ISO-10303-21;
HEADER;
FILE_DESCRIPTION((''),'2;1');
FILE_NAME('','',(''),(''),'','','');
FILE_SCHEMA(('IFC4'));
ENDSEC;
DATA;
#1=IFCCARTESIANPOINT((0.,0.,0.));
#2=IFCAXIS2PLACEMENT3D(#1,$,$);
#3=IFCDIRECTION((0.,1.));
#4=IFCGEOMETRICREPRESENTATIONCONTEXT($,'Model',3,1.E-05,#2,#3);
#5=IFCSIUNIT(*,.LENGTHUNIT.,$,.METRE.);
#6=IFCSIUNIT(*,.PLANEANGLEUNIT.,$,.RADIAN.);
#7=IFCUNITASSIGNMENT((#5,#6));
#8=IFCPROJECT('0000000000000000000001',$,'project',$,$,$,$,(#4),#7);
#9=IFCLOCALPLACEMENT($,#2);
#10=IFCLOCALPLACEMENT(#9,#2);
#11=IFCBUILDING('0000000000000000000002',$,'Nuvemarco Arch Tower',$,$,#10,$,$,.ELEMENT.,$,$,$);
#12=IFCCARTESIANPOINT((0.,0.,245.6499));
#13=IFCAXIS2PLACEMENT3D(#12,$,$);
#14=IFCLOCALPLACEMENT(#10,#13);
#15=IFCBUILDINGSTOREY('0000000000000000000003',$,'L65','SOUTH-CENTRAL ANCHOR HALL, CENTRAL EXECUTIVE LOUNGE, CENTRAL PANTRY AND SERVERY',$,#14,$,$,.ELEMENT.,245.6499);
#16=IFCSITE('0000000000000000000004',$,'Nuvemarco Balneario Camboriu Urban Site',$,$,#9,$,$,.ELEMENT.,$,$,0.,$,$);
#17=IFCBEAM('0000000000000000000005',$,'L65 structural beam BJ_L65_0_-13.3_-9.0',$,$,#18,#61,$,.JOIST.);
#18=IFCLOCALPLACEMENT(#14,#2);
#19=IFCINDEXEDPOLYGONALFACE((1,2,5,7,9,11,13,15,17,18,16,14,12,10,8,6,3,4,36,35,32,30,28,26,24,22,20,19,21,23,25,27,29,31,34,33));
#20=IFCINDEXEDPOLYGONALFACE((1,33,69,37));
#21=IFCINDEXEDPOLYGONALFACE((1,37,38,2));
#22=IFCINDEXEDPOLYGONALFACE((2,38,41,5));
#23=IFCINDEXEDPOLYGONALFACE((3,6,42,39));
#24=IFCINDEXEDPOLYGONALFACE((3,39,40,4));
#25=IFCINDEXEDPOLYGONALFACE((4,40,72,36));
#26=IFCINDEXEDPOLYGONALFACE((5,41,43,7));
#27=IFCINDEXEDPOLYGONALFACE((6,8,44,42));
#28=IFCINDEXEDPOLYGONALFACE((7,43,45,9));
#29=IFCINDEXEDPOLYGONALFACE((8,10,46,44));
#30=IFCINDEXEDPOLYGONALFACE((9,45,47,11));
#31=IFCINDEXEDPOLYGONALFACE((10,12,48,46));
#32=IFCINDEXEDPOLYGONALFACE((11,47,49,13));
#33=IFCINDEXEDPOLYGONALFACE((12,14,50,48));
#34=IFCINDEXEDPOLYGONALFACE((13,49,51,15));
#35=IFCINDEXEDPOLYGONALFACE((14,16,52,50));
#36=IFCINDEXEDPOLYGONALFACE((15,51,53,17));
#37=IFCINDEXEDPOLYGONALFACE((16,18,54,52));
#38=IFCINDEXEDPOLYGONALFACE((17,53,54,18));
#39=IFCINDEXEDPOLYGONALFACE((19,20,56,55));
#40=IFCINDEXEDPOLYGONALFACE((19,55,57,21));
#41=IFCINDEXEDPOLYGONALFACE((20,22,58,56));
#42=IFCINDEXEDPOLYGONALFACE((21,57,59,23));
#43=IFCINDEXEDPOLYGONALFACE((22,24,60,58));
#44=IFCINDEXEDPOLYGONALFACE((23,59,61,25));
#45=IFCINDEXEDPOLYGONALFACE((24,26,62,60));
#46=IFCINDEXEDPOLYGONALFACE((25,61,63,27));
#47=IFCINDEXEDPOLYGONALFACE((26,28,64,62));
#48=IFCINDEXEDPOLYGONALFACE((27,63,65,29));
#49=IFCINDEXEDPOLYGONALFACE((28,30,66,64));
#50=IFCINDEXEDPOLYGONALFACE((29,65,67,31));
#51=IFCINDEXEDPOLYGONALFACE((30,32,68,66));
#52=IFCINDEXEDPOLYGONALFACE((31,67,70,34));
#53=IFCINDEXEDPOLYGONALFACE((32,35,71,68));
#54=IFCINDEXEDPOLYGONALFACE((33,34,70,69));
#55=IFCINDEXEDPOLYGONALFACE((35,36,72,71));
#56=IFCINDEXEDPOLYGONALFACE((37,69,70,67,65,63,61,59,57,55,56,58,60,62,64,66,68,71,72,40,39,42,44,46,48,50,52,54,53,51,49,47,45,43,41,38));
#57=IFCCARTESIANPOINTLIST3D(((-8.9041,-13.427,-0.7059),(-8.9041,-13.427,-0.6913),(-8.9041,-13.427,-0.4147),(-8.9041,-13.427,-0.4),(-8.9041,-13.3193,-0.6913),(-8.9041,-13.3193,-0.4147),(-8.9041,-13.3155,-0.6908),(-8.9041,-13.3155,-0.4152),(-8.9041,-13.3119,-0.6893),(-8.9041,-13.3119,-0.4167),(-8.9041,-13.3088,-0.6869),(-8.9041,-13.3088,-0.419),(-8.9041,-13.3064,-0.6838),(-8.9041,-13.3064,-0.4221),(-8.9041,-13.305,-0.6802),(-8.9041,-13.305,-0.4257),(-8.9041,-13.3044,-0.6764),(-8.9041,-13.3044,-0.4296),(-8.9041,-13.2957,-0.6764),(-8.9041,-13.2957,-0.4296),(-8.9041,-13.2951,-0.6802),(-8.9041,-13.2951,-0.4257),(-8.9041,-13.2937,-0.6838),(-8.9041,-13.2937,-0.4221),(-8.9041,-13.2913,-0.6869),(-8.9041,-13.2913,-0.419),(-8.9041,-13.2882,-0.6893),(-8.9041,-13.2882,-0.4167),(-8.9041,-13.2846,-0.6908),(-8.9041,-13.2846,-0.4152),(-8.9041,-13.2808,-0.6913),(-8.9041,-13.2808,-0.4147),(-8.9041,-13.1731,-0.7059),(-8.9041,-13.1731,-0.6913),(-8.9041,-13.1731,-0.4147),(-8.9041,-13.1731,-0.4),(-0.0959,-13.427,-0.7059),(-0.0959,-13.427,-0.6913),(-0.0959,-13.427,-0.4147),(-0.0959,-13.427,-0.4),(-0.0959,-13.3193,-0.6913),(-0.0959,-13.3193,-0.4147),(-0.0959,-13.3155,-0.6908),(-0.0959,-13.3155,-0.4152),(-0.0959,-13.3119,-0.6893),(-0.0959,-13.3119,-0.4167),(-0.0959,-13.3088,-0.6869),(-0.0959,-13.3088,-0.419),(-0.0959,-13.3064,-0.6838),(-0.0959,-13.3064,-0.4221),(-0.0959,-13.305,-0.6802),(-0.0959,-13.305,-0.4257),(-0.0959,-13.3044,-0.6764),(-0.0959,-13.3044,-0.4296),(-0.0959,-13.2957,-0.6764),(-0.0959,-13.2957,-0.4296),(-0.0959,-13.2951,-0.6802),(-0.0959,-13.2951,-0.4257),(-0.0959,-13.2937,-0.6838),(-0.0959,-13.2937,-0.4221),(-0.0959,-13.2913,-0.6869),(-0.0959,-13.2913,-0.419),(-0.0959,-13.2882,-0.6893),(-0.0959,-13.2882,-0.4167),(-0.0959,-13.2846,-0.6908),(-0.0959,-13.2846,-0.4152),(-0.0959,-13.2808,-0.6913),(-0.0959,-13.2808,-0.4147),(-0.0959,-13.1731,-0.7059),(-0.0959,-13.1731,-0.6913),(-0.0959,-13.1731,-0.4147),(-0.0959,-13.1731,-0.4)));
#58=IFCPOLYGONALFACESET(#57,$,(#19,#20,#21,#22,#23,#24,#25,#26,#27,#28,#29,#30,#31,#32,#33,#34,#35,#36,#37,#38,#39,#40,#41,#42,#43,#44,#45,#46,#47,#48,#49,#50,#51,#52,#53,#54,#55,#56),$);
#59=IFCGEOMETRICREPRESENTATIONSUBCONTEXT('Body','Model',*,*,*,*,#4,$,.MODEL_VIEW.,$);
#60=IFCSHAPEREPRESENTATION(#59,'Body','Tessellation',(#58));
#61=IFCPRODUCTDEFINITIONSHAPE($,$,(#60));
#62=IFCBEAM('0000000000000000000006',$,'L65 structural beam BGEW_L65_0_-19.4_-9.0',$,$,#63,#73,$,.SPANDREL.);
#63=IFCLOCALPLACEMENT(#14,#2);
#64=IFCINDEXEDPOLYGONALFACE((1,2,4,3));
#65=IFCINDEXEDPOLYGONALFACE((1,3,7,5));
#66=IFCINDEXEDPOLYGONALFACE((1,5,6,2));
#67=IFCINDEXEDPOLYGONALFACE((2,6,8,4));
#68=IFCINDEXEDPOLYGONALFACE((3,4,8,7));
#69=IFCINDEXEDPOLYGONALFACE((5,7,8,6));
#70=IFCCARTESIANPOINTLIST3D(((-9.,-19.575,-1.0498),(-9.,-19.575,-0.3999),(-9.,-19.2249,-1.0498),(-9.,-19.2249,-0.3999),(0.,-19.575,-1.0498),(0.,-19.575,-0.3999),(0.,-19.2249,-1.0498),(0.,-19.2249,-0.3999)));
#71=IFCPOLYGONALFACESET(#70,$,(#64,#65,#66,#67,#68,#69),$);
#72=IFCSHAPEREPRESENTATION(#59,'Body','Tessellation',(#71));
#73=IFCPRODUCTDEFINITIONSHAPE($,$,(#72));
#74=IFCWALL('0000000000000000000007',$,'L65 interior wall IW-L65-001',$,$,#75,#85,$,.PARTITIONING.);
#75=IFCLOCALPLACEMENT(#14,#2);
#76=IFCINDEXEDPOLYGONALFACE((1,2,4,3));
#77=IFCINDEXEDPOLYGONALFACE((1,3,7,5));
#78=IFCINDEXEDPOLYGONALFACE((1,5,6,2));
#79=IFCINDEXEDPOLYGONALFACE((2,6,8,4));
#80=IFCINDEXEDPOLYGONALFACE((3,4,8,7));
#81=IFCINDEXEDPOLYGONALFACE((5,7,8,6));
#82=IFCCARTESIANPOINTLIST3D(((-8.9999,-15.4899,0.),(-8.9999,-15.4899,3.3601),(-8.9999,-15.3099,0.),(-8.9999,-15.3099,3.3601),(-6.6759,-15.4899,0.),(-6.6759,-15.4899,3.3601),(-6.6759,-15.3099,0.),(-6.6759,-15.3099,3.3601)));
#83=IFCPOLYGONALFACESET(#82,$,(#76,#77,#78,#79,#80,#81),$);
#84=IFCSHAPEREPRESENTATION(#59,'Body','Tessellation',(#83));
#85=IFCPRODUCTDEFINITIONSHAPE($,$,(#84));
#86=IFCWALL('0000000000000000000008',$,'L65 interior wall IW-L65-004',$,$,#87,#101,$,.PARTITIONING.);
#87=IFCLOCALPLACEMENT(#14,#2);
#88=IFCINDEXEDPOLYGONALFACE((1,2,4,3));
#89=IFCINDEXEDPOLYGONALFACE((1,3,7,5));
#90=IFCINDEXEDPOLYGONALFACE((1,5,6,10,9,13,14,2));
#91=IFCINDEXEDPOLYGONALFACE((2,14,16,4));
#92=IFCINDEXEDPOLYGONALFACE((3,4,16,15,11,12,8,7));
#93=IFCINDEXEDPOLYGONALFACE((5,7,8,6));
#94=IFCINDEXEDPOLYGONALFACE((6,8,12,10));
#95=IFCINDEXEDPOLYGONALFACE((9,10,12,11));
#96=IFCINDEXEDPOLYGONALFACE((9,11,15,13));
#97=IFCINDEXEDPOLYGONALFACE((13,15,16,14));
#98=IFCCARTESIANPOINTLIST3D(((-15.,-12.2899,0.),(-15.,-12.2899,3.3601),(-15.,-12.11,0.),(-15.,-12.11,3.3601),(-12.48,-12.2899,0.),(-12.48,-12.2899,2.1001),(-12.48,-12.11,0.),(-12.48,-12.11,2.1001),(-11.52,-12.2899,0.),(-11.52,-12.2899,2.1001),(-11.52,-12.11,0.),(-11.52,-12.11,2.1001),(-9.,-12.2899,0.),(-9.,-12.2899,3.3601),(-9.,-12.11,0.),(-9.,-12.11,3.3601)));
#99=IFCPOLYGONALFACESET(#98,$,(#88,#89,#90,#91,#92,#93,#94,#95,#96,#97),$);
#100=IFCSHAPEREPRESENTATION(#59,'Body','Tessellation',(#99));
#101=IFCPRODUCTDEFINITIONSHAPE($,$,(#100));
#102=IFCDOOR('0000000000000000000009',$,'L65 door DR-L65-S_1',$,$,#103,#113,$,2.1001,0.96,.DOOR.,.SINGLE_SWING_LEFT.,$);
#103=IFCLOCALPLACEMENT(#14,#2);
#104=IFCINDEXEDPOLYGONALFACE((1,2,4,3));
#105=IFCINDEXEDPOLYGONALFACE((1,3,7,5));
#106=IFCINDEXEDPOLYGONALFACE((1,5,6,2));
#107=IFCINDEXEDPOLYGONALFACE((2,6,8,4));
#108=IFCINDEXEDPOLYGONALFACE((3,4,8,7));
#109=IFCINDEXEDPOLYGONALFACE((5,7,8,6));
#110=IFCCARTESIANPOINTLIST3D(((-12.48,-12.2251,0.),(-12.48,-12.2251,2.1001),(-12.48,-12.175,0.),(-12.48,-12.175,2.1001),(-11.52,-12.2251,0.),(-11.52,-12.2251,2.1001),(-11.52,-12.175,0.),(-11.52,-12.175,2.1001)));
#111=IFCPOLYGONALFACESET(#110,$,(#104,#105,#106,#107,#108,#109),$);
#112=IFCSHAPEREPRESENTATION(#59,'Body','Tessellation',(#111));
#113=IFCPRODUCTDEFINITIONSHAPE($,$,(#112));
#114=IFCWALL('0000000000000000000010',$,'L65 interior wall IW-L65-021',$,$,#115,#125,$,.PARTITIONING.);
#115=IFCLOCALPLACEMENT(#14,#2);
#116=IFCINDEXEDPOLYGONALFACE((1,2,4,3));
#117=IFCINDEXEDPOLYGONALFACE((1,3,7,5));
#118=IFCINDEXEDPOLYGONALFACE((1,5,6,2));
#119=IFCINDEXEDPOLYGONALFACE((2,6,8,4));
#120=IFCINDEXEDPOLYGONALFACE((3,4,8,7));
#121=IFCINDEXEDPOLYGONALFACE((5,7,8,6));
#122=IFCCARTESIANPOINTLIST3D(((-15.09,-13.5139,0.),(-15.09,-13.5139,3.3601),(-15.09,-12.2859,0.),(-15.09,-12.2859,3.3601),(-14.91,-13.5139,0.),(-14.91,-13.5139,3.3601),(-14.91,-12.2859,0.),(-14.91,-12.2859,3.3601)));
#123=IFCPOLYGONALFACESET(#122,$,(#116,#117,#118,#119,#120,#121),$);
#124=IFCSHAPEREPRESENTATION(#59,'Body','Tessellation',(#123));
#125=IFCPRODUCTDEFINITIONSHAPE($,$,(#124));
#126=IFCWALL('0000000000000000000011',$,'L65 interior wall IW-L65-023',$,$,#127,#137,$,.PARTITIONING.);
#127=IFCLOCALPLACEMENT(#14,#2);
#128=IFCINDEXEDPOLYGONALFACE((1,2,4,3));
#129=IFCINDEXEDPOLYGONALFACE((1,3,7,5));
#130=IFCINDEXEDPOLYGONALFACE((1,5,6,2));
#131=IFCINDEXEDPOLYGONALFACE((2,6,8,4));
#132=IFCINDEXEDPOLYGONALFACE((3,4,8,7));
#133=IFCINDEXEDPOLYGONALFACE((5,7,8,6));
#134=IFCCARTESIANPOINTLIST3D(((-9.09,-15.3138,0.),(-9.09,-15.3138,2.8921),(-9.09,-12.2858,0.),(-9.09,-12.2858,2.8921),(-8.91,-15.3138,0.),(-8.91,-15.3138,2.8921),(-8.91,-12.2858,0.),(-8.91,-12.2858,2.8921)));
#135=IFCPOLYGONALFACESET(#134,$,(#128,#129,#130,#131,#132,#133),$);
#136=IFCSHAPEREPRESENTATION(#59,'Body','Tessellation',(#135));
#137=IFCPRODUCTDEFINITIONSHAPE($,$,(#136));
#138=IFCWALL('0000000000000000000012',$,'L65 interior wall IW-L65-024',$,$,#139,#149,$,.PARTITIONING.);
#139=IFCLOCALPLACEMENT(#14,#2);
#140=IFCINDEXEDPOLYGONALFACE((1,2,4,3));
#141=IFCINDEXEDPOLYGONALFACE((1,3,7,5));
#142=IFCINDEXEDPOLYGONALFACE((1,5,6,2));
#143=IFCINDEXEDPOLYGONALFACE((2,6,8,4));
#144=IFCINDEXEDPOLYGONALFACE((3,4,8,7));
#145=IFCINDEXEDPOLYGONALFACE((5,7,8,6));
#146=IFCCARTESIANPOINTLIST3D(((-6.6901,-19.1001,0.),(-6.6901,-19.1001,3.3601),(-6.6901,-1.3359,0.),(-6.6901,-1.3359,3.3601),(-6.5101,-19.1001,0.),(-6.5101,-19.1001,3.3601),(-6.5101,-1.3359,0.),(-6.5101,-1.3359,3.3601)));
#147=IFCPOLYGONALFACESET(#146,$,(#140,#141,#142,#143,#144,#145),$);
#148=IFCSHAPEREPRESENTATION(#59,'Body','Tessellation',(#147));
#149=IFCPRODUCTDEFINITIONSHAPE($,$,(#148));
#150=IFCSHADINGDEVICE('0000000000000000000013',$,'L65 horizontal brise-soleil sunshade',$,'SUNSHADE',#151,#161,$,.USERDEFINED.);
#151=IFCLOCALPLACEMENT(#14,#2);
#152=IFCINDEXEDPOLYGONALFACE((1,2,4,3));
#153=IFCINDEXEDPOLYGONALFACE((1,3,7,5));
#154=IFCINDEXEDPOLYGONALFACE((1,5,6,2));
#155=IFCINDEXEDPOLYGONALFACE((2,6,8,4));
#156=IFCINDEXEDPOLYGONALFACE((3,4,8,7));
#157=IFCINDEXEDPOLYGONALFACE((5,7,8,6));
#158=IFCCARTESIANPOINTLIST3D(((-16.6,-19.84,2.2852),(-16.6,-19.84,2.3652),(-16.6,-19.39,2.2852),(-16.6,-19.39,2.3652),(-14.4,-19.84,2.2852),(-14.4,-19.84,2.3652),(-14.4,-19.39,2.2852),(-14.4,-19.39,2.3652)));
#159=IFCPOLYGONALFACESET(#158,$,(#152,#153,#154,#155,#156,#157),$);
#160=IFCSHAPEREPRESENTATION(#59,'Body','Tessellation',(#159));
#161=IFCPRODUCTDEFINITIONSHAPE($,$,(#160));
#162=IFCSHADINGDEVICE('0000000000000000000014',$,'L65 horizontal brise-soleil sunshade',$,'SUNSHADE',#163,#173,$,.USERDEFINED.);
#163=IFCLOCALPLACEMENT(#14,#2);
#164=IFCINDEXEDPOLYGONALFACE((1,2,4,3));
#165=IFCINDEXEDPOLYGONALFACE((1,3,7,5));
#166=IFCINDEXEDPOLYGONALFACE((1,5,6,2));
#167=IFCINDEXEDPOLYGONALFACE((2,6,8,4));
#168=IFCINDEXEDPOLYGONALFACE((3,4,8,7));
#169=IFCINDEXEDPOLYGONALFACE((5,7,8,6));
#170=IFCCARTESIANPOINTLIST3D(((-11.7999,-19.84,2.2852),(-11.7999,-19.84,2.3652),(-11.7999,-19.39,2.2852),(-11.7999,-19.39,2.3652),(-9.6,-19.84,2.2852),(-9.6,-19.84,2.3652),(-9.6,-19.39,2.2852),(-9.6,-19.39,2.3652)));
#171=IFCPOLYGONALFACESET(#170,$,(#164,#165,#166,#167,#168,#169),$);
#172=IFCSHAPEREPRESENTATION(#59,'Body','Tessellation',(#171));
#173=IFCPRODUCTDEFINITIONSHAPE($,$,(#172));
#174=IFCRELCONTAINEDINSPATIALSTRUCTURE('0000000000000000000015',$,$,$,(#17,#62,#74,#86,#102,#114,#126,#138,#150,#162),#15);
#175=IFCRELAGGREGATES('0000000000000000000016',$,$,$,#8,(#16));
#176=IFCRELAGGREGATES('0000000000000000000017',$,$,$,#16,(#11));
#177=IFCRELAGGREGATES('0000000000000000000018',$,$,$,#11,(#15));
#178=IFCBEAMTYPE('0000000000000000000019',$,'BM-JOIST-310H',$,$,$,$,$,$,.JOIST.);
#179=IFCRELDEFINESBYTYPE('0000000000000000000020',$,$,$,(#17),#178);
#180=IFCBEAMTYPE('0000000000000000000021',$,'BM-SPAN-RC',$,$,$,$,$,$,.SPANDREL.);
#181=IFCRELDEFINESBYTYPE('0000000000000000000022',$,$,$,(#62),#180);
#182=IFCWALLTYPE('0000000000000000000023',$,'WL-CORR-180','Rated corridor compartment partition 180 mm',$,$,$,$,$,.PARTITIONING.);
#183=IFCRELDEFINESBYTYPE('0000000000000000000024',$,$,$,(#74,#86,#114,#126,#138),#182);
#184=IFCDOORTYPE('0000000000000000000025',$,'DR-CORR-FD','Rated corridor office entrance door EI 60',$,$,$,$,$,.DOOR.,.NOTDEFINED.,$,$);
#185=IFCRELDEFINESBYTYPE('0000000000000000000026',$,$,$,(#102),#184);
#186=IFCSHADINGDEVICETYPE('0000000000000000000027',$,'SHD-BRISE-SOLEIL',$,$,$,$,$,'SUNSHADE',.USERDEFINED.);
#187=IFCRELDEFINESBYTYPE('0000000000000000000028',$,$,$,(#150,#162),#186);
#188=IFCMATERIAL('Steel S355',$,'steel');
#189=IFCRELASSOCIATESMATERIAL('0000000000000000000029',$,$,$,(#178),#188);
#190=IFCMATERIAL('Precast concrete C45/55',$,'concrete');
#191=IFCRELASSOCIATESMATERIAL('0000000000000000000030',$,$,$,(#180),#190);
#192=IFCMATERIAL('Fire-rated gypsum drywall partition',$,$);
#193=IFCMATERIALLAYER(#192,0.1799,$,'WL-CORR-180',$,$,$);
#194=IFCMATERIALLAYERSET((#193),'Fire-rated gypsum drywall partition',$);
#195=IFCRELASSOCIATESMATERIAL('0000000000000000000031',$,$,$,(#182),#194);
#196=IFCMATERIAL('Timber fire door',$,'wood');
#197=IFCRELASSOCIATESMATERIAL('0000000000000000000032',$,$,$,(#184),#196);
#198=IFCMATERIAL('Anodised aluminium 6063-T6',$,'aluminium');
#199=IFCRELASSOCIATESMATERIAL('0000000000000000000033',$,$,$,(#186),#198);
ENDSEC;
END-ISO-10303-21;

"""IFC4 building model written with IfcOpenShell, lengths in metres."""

from ifc_helpers import new_model, si_unit, direction, frame, frame_2d, origin, origin_2d, place, context, subcontext, project, spatial, rectangle, i_section, extrude, source, transform, mapped, material, layer, layer_set, material_profile, profile_set, type_object, type_shapes, element, fill, save


model = new_model("IFC4")

# Units and contexts
model_context = context("Model", 3, precision=1e-05, world=origin(), true_north=direction((0.0, 1.0)))
body_context = subcontext(model_context, "Body", "Model", "MODEL_VIEW")
ifc_project = project(units=[si_unit("LENGTHUNIT", "METRE"), si_unit("PLANEANGLEUNIT", "RADIAN")], contexts=[model_context])

# Site, building, storey
site_placement = place(None, origin())
site = spatial("IfcSite", under=ifc_project, at=site_placement, Name="Nuvemarco Balneario Camboriu Urban Site", CompositionType="ELEMENT", RefElevation=0.0)
building_placement = place(site_placement, origin())
building = spatial("IfcBuilding", under=site, at=building_placement, Name="Nuvemarco Arch Tower", CompositionType="ELEMENT")
storey_placement = place(building_placement, frame((0.0, 0.0, 245.6499)))
storey = spatial("IfcBuildingStorey", under=building, at=storey_placement, Name="L65", Description="SOUTH-CENTRAL ANCHOR HALL, CENTRAL EXECUTIVE LOUNGE, CENTRAL PANTRY AND SERVERY", CompositionType="ELEMENT", Elevation=245.6499)

# Shared definitions
ifc_material_1 = material(Name="Steel S355", Category="steel")

# Beams
ifc_material_profile_1 = material_profile(ifc_material_1, i_section(OverallWidth=0.2539, OverallDepth=0.3059, WebThickness=0.0088, FlangeThickness=0.0146, FilletRadius=0.0149, at=origin_2d()), Name="W310x79")
ifc_profile_set_1 = profile_set([ifc_material_profile_1], Name="Steel S355")
beam_type_1 = type_object("IfcBeamType", Name="BM-JOIST-310H", PredefinedType="JOIST", material=ifc_profile_set_1)
beam_1_placement = place(storey_placement, frame((-8.9041, -13.3, -0.553), z_axis=(1.0, 0.0, 0.0), x_axis=(0.0, 1.0, 0.0)))
element("IfcBeam", 1, at=beam_1_placement, inside=storey, type_object=beam_type_1, Name="L65 structural beam BJ_L65_0_-13.3_-9.0", PredefinedType="JOIST", context=body_context, shape_type="SweptSolid", body=[
    extrude(i_section(OverallWidth=0.2539, OverallDepth=0.3059, WebThickness=0.0088, FlangeThickness=0.0146, FilletRadius=0.0149, at=origin_2d()), origin(), (0.0, 0.0, 1.0), 8.8081),
])
ifc_material_2 = material(Name="Precast concrete C45/55", Category="concrete")
ifc_material_profile_2 = material_profile(ifc_material_2, rectangle(XDim=0.3501, YDim=0.6499, at=origin_2d()), Name="PC-SP-350x650")
ifc_profile_set_2 = profile_set([ifc_material_profile_2], Name="Precast concrete C45/55")
beam_type_2 = type_object("IfcBeamType", Name="BM-SPAN-RC", PredefinedType="SPANDREL", material=ifc_profile_set_2)
beam_2_placement = place(storey_placement, frame((-9.0, -19.3999, -0.7249), z_axis=(1.0, 0.0, 0.0), x_axis=(0.0, 1.0, 0.0)))
element("IfcBeam", 2, at=beam_2_placement, inside=storey, type_object=beam_type_2, Name="L65 structural beam BGEW_L65_0_-19.4_-9.0", PredefinedType="SPANDREL", context=body_context, shape_type="SweptSolid", body=[
    extrude(rectangle(XDim=0.3501, YDim=0.6499, at=origin_2d()), origin(), (0.0, 0.0, 1.0), 9.0),
])

# Wall
ifc_material_3 = material(Name="Fire-rated gypsum drywall partition")
ifc_layer = layer(ifc_material_3, 0.1799, Name="WL-CORR-180")
ifc_layer_set = layer_set([ifc_layer], Name="Fire-rated gypsum drywall partition")
wall_type = type_object("IfcWallType", Name="WL-CORR-180", Description="Rated corridor compartment partition 180 mm", PredefinedType="PARTITIONING", material=ifc_layer_set)
wall_1_placement = place(storey_placement, frame((-9.0, -15.3999, 0.0), z_axis=(0.0, 0.0, 1.0), x_axis=(1.0, 0.0, 0.0)))
element("IfcWall", 3, at=wall_1_placement, inside=storey, type_object=wall_type, Name="L65 interior wall IW-L65-001", PredefinedType="PARTITIONING", context=body_context, shape_type="SweptSolid", body=[
    extrude(rectangle(XDim=2.324, YDim=0.1799, at=frame_2d((1.1621, 0.0))), origin(), (0.0, 0.0, 1.0), 3.3601),
])

# Wall, opening, door
wall_2_placement = place(storey_placement, frame((-15.0, -12.2, 0.0), z_axis=(0.0, 0.0, 1.0), x_axis=(1.0, 0.0, 0.0)))
wall_2 = element("IfcWall", 4, at=wall_2_placement, inside=storey, type_object=wall_type, Name="L65 interior wall IW-L65-004", PredefinedType="PARTITIONING", context=body_context, shape_type="SweptSolid", body=[
    extrude(rectangle(XDim=6.0, YDim=0.1799, at=frame_2d((3.0, 0.0))), origin(), (0.0, 0.0, 1.0), 3.3601),
])
opening_placement = place(wall_2_placement, frame((2.52, 0.0, 0.0)))
opening = element("IfcOpeningElement", 5, at=opening_placement, cuts=wall_2, PredefinedType="OPENING", context=body_context, shape_type="SweptSolid", body=[
    extrude(rectangle(XDim=0.96, YDim=2.1001, at=frame_2d((0.48, 1.05))), frame((0.0, 0.0999, 0.0), z_axis=(0.0, -1.0, 0.0), x_axis=(1.0, 0.0, 0.0)), (0.0, 0.0, 1.0), 0.2),
])
ifc_material_4 = material(Name="Timber fire door", Category="wood")
door_type = type_object("IfcDoorType", Name="DR-CORR-FD", Description="Rated corridor office entrance door EI 60", OperationType="NOTDEFINED", PredefinedType="DOOR", material=ifc_material_4)
shared_shape_1 = source(origin(), body_context, "Body", "SweptSolid", [
    extrude(rectangle(XDim=0.96, YDim=2.1001, at=frame_2d((0.48, 1.05))), frame((0.0, 0.0249, 0.0), z_axis=(0.0, -1.0, 0.0), x_axis=(1.0, 0.0, 0.0)), (0.0, 0.0, 1.0), 0.05),
])
type_shapes(door_type, [shared_shape_1])
door_placement = place(opening_placement, origin())
door = element("IfcDoor", 6, at=door_placement, inside=storey, type_object=door_type, Name="L65 door DR-L65-S_1", OperationType="SINGLE_SWING_LEFT", OverallHeight=2.1001, OverallWidth=0.96, PredefinedType="DOOR", context=body_context, shape_type="MappedRepresentation", body=[
    mapped(shared_shape_1, transform((0.0, 0.0, 0.0), scale=1.0)),
])
fill(opening, door)

# Walls
wall_3_placement = place(storey_placement, frame((-15.0, -13.5139, 0.0), z_axis=(0.0, 0.0, 1.0), x_axis=(0.0, 1.0, 0.0)))
element("IfcWall", 7, at=wall_3_placement, inside=storey, type_object=wall_type, Name="L65 interior wall IW-L65-021", PredefinedType="PARTITIONING", context=body_context, shape_type="SweptSolid", body=[
    extrude(rectangle(XDim=1.228, YDim=0.1799, at=frame_2d((0.614, 0.0))), origin(), (0.0, 0.0, 1.0), 3.3601),
])
wall_4_placement = place(storey_placement, frame((-9.0, -15.314, 0.0), z_axis=(0.0, 0.0, 1.0), x_axis=(0.0, 1.0, 0.0)))
element("IfcWall", 8, at=wall_4_placement, inside=storey, type_object=wall_type, Name="L65 interior wall IW-L65-023", PredefinedType="PARTITIONING", context=body_context, shape_type="SweptSolid", body=[
    extrude(rectangle(XDim=3.0281, YDim=0.1799, at=frame_2d((1.5142, 0.0))), origin(), (0.0, 0.0, 1.0), 2.8921),
])
wall_5_placement = place(storey_placement, frame((-6.6001, -19.1001, 0.0), z_axis=(0.0, 0.0, 1.0), x_axis=(0.0, 1.0, 0.0)))
element("IfcWall", 9, at=wall_5_placement, inside=storey, type_object=wall_type, Name="L65 interior wall IW-L65-024", PredefinedType="PARTITIONING", context=body_context, shape_type="SweptSolid", body=[
    extrude(rectangle(XDim=17.7642, YDim=0.1799, at=frame_2d((8.8821, 0.0))), origin(), (0.0, 0.0, 1.0), 3.3601),
])

# Shading devices
ifc_material_5 = material(Name="Anodised aluminium 6063-T6", Category="aluminium")
shading_device_type = type_object("IfcShadingDeviceType", Name="SHD-BRISE-SOLEIL", ElementType="SUNSHADE", PredefinedType="USERDEFINED", material=ifc_material_5)
shared_shape_2 = source(origin(), body_context, "Body", "SweptSolid", [
    extrude(rectangle(XDim=2.2, YDim=0.45, at=origin_2d()), origin(), (0.0, 0.0, 1.0), 0.0801),
])
type_shapes(shading_device_type, [shared_shape_2])
for number, where, z_axis, x_axis, name in (
    (10, (-15.5, -19.615, 2.2852), (0.0, 0.0, 1.0), (1.0, 0.0, 0.0), "L65 horizontal brise-soleil sunshade"),
    (11, (-10.7, -19.615, 2.2852), (0.0, 0.0, 1.0), (1.0, 0.0, 0.0), "L65 horizontal brise-soleil sunshade"),
):
    element("IfcShadingDevice", number, at=place(storey_placement, frame(where, z_axis=z_axis, x_axis=x_axis)), inside=storey, type_object=shading_device_type, Name=name, ObjectType="SUNSHADE", PredefinedType="USERDEFINED", context=body_context, shape_type="MappedRepresentation", body=[
        mapped(shared_shape_2, transform((0.0, 0.0, 0.0), scale=1.0)),
    ])

save(model, "model.ifc")
